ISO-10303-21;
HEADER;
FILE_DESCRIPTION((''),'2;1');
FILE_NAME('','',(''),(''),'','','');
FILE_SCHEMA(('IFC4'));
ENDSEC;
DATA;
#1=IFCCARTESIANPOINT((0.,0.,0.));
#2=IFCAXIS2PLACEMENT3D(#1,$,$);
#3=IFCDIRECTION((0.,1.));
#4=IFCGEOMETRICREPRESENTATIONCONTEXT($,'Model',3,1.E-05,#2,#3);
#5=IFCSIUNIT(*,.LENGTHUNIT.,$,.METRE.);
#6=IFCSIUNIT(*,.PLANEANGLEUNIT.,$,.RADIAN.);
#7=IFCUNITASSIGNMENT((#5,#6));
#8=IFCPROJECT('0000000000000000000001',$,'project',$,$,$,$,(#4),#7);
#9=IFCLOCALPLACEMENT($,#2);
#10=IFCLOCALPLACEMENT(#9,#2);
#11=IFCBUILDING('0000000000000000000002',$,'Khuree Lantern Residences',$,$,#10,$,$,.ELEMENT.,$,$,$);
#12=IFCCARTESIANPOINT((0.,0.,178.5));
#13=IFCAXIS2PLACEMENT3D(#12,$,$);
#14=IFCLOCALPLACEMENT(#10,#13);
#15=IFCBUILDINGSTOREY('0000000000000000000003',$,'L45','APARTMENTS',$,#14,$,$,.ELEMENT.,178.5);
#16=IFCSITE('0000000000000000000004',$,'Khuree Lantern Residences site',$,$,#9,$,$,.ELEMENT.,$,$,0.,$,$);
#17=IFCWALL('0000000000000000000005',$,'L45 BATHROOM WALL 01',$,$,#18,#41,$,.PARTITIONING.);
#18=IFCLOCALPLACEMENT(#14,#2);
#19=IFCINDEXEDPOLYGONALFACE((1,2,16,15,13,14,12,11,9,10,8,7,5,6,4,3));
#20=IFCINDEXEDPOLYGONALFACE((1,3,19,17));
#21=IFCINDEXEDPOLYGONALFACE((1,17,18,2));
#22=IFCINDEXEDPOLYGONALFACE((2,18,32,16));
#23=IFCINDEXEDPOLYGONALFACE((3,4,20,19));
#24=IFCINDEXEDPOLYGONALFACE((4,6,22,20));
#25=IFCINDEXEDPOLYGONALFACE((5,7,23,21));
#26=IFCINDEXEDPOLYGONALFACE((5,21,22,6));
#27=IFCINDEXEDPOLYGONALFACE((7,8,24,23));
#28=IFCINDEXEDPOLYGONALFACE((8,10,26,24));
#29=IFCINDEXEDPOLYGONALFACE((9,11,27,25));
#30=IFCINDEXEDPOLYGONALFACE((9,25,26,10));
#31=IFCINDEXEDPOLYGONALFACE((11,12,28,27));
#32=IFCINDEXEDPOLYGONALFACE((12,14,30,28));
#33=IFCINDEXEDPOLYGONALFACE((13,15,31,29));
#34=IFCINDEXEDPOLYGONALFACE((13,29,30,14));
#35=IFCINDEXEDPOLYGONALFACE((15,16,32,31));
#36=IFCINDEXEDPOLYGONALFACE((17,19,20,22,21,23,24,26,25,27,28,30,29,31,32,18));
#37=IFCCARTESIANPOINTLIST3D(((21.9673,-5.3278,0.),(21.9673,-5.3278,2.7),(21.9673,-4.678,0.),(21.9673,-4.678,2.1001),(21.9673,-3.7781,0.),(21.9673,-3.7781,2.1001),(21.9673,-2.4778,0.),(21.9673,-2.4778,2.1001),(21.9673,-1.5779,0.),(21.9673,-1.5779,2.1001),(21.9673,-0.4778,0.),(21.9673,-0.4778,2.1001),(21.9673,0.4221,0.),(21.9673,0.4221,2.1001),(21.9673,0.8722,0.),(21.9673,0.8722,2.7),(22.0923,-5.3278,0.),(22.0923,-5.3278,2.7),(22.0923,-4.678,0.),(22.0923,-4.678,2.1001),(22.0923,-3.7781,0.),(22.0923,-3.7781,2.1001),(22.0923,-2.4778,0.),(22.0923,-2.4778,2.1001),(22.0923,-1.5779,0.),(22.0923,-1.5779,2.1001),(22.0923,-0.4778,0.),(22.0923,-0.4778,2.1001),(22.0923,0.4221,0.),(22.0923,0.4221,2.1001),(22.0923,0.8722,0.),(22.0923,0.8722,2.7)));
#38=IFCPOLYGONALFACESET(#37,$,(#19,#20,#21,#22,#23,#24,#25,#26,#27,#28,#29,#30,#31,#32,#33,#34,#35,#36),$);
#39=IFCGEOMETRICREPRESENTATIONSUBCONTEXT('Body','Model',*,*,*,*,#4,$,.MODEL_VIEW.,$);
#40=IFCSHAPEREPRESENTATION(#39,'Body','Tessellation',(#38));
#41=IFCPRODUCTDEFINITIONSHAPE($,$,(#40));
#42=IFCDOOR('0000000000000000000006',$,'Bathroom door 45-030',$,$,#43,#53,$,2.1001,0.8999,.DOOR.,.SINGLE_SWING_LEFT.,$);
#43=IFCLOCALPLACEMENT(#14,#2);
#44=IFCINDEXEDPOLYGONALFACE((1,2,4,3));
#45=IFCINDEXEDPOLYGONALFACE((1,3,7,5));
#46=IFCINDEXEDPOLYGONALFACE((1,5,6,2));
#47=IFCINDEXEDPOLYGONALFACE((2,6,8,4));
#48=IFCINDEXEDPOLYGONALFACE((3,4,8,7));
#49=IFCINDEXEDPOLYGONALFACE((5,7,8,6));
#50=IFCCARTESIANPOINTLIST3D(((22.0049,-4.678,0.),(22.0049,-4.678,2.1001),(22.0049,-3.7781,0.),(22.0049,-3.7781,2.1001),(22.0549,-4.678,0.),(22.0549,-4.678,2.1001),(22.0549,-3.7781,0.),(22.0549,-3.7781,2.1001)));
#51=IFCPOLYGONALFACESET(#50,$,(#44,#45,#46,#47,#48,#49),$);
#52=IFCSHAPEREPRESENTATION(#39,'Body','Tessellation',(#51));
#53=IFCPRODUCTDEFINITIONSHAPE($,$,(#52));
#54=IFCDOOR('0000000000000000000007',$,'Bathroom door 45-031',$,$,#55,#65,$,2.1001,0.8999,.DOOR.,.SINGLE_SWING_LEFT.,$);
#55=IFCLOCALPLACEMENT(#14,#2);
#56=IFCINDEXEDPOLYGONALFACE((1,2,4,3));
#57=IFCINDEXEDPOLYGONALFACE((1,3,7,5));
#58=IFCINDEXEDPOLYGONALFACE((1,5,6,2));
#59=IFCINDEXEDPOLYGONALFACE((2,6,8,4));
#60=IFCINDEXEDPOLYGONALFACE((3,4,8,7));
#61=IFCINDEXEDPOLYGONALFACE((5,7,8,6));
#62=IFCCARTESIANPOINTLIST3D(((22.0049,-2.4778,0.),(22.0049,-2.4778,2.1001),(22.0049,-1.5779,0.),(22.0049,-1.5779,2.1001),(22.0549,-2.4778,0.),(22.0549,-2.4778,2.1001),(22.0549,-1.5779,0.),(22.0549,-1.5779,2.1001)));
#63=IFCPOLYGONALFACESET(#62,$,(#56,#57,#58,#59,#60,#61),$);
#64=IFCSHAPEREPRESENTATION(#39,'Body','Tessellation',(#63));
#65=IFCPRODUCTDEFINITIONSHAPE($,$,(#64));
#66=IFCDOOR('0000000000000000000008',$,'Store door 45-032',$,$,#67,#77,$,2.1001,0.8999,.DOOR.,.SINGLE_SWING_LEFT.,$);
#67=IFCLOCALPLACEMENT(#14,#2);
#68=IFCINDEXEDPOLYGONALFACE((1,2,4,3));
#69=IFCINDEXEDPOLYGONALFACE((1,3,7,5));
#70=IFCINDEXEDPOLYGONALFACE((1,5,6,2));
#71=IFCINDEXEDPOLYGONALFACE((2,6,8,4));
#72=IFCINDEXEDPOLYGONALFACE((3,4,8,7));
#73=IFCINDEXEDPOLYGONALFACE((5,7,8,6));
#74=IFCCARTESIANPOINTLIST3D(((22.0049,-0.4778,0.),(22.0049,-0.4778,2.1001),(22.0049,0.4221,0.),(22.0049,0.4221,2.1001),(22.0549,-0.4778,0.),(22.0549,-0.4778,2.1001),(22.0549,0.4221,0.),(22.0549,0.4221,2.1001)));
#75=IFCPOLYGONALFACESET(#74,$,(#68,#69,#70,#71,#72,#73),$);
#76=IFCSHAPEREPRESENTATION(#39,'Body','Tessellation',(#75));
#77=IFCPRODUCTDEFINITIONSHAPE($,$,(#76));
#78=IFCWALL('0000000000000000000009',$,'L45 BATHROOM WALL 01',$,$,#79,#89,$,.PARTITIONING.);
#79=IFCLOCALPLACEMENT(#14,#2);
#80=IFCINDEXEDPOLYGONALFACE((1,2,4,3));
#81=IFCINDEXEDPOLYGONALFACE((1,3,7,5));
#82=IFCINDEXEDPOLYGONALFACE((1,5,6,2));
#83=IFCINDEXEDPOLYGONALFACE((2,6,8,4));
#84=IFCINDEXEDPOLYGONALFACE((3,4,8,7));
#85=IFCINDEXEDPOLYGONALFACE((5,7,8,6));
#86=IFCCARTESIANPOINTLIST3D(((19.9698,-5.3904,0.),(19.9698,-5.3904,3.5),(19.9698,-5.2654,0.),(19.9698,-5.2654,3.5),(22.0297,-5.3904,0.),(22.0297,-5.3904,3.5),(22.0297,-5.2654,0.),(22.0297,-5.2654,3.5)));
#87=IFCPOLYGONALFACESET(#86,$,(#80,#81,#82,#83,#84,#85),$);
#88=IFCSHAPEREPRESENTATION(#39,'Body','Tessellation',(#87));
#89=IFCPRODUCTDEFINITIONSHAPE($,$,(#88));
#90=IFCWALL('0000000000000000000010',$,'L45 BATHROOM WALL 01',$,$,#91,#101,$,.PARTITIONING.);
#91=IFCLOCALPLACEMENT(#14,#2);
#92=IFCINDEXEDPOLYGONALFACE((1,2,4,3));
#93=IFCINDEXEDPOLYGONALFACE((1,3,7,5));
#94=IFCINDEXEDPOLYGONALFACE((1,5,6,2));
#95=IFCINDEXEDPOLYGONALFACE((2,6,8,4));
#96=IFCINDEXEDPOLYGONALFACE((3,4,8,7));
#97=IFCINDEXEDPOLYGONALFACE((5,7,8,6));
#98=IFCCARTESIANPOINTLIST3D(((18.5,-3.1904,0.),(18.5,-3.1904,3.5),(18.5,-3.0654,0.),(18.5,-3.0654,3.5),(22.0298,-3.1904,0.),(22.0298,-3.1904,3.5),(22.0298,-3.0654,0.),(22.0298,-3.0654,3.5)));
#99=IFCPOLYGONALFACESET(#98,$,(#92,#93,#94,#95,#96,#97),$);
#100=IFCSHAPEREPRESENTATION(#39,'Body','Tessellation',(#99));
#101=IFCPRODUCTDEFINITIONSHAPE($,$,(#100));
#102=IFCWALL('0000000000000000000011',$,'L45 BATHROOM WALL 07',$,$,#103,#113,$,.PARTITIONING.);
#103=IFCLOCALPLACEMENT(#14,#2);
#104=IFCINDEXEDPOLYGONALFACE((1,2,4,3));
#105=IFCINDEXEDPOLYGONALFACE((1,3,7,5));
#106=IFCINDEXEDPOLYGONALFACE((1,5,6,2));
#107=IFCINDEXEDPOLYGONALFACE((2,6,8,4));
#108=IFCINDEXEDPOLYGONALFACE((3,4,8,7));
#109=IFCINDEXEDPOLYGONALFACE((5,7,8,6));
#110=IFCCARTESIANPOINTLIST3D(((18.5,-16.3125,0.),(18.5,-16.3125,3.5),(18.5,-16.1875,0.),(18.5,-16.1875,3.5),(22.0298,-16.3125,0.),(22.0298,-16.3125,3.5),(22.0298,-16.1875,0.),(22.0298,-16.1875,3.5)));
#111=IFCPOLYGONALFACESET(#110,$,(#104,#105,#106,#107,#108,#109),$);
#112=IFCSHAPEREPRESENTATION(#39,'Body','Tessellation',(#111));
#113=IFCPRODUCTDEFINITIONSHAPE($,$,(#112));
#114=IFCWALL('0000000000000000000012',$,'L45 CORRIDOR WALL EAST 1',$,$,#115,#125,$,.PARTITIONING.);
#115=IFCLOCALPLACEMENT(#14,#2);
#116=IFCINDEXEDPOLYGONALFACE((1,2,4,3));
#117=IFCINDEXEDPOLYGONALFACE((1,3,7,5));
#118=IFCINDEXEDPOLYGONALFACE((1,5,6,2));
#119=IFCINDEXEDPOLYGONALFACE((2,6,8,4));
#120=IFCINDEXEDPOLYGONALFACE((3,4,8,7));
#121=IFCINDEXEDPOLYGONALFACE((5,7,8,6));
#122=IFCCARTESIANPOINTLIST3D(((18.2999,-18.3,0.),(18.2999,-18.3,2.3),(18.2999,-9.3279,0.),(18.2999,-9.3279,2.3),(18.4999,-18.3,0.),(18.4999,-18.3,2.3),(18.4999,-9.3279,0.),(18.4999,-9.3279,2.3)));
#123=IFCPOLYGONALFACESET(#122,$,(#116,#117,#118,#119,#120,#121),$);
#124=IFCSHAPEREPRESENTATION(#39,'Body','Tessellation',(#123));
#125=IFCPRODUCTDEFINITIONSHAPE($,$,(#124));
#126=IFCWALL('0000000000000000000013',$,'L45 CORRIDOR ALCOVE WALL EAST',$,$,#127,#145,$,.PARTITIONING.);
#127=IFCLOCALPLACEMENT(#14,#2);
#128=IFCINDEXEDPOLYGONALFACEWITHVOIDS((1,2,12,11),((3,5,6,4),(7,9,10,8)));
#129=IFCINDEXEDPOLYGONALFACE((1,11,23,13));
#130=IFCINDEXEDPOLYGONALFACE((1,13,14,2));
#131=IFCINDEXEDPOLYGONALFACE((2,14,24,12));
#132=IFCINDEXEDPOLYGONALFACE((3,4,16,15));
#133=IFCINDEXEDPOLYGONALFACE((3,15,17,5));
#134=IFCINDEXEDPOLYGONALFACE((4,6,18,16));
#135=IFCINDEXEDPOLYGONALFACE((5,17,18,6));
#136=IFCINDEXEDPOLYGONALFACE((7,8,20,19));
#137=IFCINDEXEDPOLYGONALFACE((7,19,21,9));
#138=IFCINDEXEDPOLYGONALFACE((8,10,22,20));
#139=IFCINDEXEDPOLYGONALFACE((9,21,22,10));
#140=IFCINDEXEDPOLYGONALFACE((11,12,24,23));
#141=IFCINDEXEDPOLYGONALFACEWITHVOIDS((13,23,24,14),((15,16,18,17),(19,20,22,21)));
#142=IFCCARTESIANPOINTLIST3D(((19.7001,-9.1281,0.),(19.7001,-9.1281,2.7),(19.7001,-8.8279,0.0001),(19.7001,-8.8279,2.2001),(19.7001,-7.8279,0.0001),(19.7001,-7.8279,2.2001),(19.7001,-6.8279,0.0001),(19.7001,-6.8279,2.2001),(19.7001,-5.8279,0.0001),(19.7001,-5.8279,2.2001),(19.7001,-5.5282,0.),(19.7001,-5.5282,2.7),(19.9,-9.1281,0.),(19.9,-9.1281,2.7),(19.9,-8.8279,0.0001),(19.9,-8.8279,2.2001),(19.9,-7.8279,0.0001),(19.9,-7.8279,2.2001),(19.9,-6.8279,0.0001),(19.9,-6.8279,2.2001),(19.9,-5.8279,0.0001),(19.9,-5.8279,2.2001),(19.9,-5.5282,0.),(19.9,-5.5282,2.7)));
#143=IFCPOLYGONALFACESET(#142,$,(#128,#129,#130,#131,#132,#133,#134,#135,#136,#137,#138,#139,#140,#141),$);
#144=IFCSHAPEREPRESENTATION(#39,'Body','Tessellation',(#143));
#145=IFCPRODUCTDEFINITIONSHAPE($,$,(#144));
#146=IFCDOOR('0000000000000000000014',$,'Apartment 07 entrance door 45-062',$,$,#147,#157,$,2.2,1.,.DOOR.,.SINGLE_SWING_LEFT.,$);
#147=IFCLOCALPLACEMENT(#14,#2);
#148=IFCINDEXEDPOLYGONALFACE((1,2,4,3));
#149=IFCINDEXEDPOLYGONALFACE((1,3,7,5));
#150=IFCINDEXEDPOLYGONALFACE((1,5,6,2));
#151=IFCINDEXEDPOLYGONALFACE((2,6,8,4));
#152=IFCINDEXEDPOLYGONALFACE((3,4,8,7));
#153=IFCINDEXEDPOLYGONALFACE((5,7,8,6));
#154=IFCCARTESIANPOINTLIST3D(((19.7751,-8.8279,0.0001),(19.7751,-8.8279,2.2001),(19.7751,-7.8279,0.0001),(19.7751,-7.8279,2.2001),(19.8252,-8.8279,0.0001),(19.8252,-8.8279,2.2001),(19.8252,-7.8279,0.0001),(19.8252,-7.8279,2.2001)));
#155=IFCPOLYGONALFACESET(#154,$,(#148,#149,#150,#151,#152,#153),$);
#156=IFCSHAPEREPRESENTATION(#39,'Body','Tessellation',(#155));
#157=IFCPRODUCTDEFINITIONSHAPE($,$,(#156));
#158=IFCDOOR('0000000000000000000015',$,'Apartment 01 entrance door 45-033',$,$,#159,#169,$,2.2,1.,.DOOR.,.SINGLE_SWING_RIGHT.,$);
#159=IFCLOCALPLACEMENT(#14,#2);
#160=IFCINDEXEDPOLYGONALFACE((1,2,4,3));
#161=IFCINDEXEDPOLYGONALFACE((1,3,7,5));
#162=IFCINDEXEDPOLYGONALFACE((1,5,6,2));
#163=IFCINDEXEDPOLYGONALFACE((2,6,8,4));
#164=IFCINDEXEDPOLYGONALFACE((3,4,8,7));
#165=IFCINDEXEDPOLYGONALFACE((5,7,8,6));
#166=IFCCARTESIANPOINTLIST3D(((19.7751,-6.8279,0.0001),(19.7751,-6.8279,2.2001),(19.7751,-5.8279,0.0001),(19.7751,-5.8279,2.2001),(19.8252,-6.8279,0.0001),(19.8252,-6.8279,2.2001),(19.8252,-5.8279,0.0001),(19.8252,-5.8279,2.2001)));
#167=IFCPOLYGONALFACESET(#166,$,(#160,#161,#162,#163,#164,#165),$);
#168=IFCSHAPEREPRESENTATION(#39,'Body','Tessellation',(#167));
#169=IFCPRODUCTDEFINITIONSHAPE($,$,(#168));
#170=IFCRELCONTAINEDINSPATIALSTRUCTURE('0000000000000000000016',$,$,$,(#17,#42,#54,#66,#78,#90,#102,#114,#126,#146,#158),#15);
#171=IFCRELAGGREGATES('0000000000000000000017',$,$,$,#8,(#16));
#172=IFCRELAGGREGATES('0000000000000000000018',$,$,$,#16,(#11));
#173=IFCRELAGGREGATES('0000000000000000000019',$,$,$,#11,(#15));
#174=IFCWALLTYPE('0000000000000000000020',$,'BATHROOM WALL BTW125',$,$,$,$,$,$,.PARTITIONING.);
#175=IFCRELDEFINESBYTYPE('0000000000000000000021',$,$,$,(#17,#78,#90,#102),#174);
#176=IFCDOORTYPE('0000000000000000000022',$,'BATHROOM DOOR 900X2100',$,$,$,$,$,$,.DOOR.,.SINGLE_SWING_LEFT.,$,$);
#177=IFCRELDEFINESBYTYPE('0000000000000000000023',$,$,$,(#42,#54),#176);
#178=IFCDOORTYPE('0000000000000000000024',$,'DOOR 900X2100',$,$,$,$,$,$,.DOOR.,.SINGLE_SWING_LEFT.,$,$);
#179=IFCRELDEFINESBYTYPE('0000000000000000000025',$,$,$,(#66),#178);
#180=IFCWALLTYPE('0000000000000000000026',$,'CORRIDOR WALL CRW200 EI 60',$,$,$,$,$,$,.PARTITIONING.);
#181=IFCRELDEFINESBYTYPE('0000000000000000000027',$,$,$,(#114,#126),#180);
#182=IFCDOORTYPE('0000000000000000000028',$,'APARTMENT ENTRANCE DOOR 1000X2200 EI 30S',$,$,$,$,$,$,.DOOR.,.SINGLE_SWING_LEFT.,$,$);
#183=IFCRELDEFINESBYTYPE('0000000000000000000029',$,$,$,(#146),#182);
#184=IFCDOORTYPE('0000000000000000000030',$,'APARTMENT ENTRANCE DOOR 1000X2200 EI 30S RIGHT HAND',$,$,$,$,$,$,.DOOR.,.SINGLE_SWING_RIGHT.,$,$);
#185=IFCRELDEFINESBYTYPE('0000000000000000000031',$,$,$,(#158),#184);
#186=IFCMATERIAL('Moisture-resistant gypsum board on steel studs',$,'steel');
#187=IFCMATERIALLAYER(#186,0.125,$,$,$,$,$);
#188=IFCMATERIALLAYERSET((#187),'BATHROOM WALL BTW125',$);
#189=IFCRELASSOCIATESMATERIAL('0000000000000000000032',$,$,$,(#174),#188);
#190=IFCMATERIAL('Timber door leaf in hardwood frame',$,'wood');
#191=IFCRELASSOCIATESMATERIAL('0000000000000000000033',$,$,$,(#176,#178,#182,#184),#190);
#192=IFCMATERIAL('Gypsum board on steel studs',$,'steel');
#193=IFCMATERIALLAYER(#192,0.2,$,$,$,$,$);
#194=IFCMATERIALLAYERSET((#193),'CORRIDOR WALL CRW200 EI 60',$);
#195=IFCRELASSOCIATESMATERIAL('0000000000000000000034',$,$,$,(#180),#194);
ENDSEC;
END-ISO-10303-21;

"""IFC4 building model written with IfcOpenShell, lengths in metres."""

from ifc_helpers import new_model, si_unit, direction, frame, frame_2d, origin, place, context, subcontext, project, spatial, rectangle, extrude, material, layer, layer_set, type_object, element, fill, save


model = new_model("IFC4")

# Units and contexts
model_context = context("Model", 3, precision=1e-05, world=origin(), true_north=direction((0.0, 1.0)))
body_context = subcontext(model_context, "Body", "Model", "MODEL_VIEW")
ifc_project = project(units=[si_unit("LENGTHUNIT", "METRE"), si_unit("PLANEANGLEUNIT", "RADIAN")], contexts=[model_context])

# Site, building, storey
site_placement = place(None, origin())
site = spatial("IfcSite", under=ifc_project, at=site_placement, Name="Khuree Lantern Residences site", CompositionType="ELEMENT", RefElevation=0.0)
building_placement = place(site_placement, origin())
building = spatial("IfcBuilding", under=site, at=building_placement, Name="Khuree Lantern Residences", CompositionType="ELEMENT")
storey_placement = place(building_placement, frame((0.0, 0.0, 178.5)))
storey = spatial("IfcBuildingStorey", under=building, at=storey_placement, Name="L45", Description="APARTMENTS", CompositionType="ELEMENT", Elevation=178.5)

# Wall, openings, doors
ifc_material_1 = material(Name="Moisture-resistant gypsum board on steel studs", Category="steel")
ifc_layer_1 = layer(ifc_material_1, 0.125)
ifc_layer_set_1 = layer_set([ifc_layer_1], Name="BATHROOM WALL BTW125")
wall_type_1 = type_object("IfcWallType", Name="BATHROOM WALL BTW125", PredefinedType="PARTITIONING", material=ifc_layer_set_1)
wall_1_placement = place(storey_placement, frame((22.0298, -5.3279, 0.0), z_axis=(0.0, 0.0, 1.0), x_axis=(0.0, 1.0, 0.0)))
wall_1 = element("IfcWall", 1, at=wall_1_placement, inside=storey, type_object=wall_type_1, Name="L45 BATHROOM WALL 01", PredefinedType="PARTITIONING", context=body_context, shape_type="SweptSolid", body=[
    extrude(rectangle(XDim=6.2, YDim=0.125, at=frame_2d((3.1001, 0.0))), origin(), (0.0, 0.0, 1.0), 2.7),
])
opening_1_placement = place(wall_1_placement, frame((0.6499, 0.0, 0.0)))
opening_1 = element("IfcOpeningElement", 2, at=opening_1_placement, cuts=wall_1, PredefinedType="OPENING", context=body_context, shape_type="SweptSolid", body=[
    extrude(rectangle(XDim=0.8999, YDim=2.1001, at=frame_2d((0.45, 1.05))), frame((0.0, 0.0725, 0.0), z_axis=(0.0, -1.0, 0.0), x_axis=(1.0, 0.0, 0.0)), (0.0, 0.0, 1.0), 0.145),
])
opening_2_placement = place(wall_1_placement, frame((2.8501, 0.0, 0.0)))
opening_2 = element("IfcOpeningElement", 3, at=opening_2_placement, cuts=wall_1, PredefinedType="OPENING", context=body_context, shape_type="SweptSolid", body=[
    extrude(rectangle(XDim=0.8999, YDim=2.1001, at=frame_2d((0.45, 1.05))), frame((0.0, 0.0725, 0.0), z_axis=(0.0, -1.0, 0.0), x_axis=(1.0, 0.0, 0.0)), (0.0, 0.0, 1.0), 0.145),
])
opening_3_placement = place(wall_1_placement, frame((4.8501, 0.0, 0.0)))
opening_3 = element("IfcOpeningElement", 4, at=opening_3_placement, cuts=wall_1, PredefinedType="OPENING", context=body_context, shape_type="SweptSolid", body=[
    extrude(rectangle(XDim=0.8999, YDim=2.1001, at=frame_2d((0.45, 1.05))), frame((0.0, 0.0725, 0.0), z_axis=(0.0, -1.0, 0.0), x_axis=(1.0, 0.0, 0.0)), (0.0, 0.0, 1.0), 0.145),
])
ifc_material_2 = material(Name="Timber door leaf in hardwood frame", Category="wood")
door_type_1 = type_object("IfcDoorType", Name="BATHROOM DOOR 900X2100", OperationType="SINGLE_SWING_LEFT", PredefinedType="DOOR", material=ifc_material_2)
door_1_placement = place(opening_1_placement, origin())
door_1 = element("IfcDoor", 5, at=door_1_placement, inside=storey, type_object=door_type_1, Name="Bathroom door 45-030", OperationType="SINGLE_SWING_LEFT", OverallHeight=2.1001, OverallWidth=0.8999, PredefinedType="DOOR", context=body_context, shape_type="SweptSolid", body=[
    extrude(rectangle(XDim=0.8999, YDim=2.1001, at=frame_2d((0.45, 1.05))), frame((0.0, 0.0249, 0.0), z_axis=(0.0, -1.0, 0.0), x_axis=(1.0, 0.0, 0.0)), (0.0, 0.0, 1.0), 0.05),
])
fill(opening_1, door_1)
door_2_placement = place(opening_2_placement, origin())
door_2 = element("IfcDoor", 6, at=door_2_placement, inside=storey, type_object=door_type_1, Name="Bathroom door 45-031", OperationType="SINGLE_SWING_LEFT", OverallHeight=2.1001, OverallWidth=0.8999, PredefinedType="DOOR", context=body_context, shape_type="SweptSolid", body=[
    extrude(rectangle(XDim=0.8999, YDim=2.1001, at=frame_2d((0.45, 1.05))), frame((0.0, 0.0249, 0.0), z_axis=(0.0, -1.0, 0.0), x_axis=(1.0, 0.0, 0.0)), (0.0, 0.0, 1.0), 0.05),
])
fill(opening_2, door_2)
door_type_2 = type_object("IfcDoorType", Name="DOOR 900X2100", OperationType="SINGLE_SWING_LEFT", PredefinedType="DOOR", material=ifc_material_2)
door_3_placement = place(opening_3_placement, origin())
door_3 = element("IfcDoor", 7, at=door_3_placement, inside=storey, type_object=door_type_2, Name="Store door 45-032", OperationType="SINGLE_SWING_LEFT", OverallHeight=2.1001, OverallWidth=0.8999, PredefinedType="DOOR", context=body_context, shape_type="SweptSolid", body=[
    extrude(rectangle(XDim=0.8999, YDim=2.1001, at=frame_2d((0.45, 1.05))), frame((0.0, 0.0249, 0.0), z_axis=(0.0, -1.0, 0.0), x_axis=(1.0, 0.0, 0.0)), (0.0, 0.0, 1.0), 0.05),
])
fill(opening_3, door_3)

# Walls
wall_2_placement = place(storey_placement, frame((19.97, -5.3279, 0.0), z_axis=(0.0, 0.0, 1.0), x_axis=(1.0, 0.0, 0.0)))
element("IfcWall", 8, at=wall_2_placement, inside=storey, type_object=wall_type_1, Name="L45 BATHROOM WALL 01", PredefinedType="PARTITIONING", context=body_context, shape_type="SweptSolid", body=[
    extrude(rectangle(XDim=2.0598, YDim=0.125, at=frame_2d((1.0298, 0.0))), origin(), (0.0, 0.0, 1.0), 3.5),
])
for number, where, z_axis, x_axis, name in (
    (9, (18.5, -3.1279, 0.0), (0.0, 0.0, 1.0), (1.0, 0.0, 0.0), "L45 BATHROOM WALL 01"),
    (10, (18.5, -16.25, 0.0), (0.0, 0.0, 1.0), (1.0, 0.0, 0.0), "L45 BATHROOM WALL 07"),
):
    element("IfcWall", number, at=place(storey_placement, frame(where, z_axis=z_axis, x_axis=x_axis)), inside=storey, type_object=wall_type_1, Name=name, PredefinedType="PARTITIONING", context=body_context, shape_type="SweptSolid", body=[
        extrude(rectangle(XDim=3.5298, YDim=0.125, at=frame_2d((1.7649, 0.0))), origin(), (0.0, 0.0, 1.0), 3.5),
    ])
ifc_material_3 = material(Name="Gypsum board on steel studs", Category="steel")
ifc_layer_2 = layer(ifc_material_3, 0.2)
ifc_layer_set_2 = layer_set([ifc_layer_2], Name="CORRIDOR WALL CRW200 EI 60")
wall_type_2 = type_object("IfcWallType", Name="CORRIDOR WALL CRW200 EI 60", PredefinedType="PARTITIONING", material=ifc_layer_set_2)
wall_3_placement = place(storey_placement, frame((18.3999, -18.3, 0.0), z_axis=(0.0, 0.0, 1.0), x_axis=(0.0, 1.0, 0.0)))
element("IfcWall", 11, at=wall_3_placement, inside=storey, type_object=wall_type_2, Name="L45 CORRIDOR WALL EAST 1", PredefinedType="PARTITIONING", context=body_context, shape_type="SweptSolid", body=[
    extrude(rectangle(XDim=8.9722, YDim=0.2, at=frame_2d((4.4861, 0.0))), origin(), (0.0, 0.0, 1.0), 2.3),
])

# Wall, openings, doors
wall_4_placement = place(storey_placement, frame((19.8, -9.1279, 0.0), z_axis=(0.0, 0.0, 1.0), x_axis=(0.0, 1.0, 0.0)))
wall_4 = element("IfcWall", 12, at=wall_4_placement, inside=storey, type_object=wall_type_2, Name="L45 CORRIDOR ALCOVE WALL EAST", PredefinedType="PARTITIONING", context=body_context, shape_type="SweptSolid", body=[
    extrude(rectangle(XDim=3.5999, YDim=0.2, at=frame_2d((1.7998, 0.0))), origin(), (0.0, 0.0, 1.0), 2.7),
])
opening_4_placement = place(wall_4_placement, frame((2.3, 0.0, 0.0)))
opening_4 = element("IfcOpeningElement", 13, at=opening_4_placement, cuts=wall_4, PredefinedType="OPENING", context=body_context, shape_type="SweptSolid", body=[
    extrude(rectangle(XDim=1.0, YDim=2.2, at=frame_2d((0.5, 1.1001))), frame((0.0, 0.1099, 0.0), z_axis=(0.0, -1.0, 0.0), x_axis=(1.0, 0.0, 0.0)), (0.0, 0.0, 1.0), 0.22),
])
opening_5_placement = place(wall_4_placement, frame((0.3, 0.0, 0.0)))
opening_5 = element("IfcOpeningElement", 14, at=opening_5_placement, cuts=wall_4, PredefinedType="OPENING", context=body_context, shape_type="SweptSolid", body=[
    extrude(rectangle(XDim=1.0, YDim=2.2, at=frame_2d((0.5, 1.1001))), frame((0.0, 0.1099, 0.0), z_axis=(0.0, -1.0, 0.0), x_axis=(1.0, 0.0, 0.0)), (0.0, 0.0, 1.0), 0.22),
])
door_type_3 = type_object("IfcDoorType", Name="APARTMENT ENTRANCE DOOR 1000X2200 EI 30S", OperationType="SINGLE_SWING_LEFT", PredefinedType="DOOR", material=ifc_material_2)
door_4_placement = place(opening_5_placement, origin())
door_4 = element("IfcDoor", 15, at=door_4_placement, inside=storey, type_object=door_type_3, Name="Apartment 07 entrance door 45-062", OperationType="SINGLE_SWING_LEFT", OverallHeight=2.2, OverallWidth=1.0, PredefinedType="DOOR", context=body_context, shape_type="SweptSolid", body=[
    extrude(rectangle(XDim=1.0, YDim=2.2, at=frame_2d((0.5, 1.1001))), frame((0.0, 0.0249, 0.0), z_axis=(0.0, -1.0, 0.0), x_axis=(1.0, 0.0, 0.0)), (0.0, 0.0, 1.0), 0.05),
])
fill(opening_5, door_4)
door_type_4 = type_object("IfcDoorType", Name="APARTMENT ENTRANCE DOOR 1000X2200 EI 30S RIGHT HAND", OperationType="SINGLE_SWING_RIGHT", PredefinedType="DOOR", material=ifc_material_2)
door_5_placement = place(opening_4_placement, origin())
door_5 = element("IfcDoor", 16, at=door_5_placement, inside=storey, type_object=door_type_4, Name="Apartment 01 entrance door 45-033", OperationType="SINGLE_SWING_RIGHT", OverallHeight=2.2, OverallWidth=1.0, PredefinedType="DOOR", context=body_context, shape_type="SweptSolid", body=[
    extrude(rectangle(XDim=1.0, YDim=2.2, at=frame_2d((0.5, 1.1001))), frame((0.0, 0.0249, 0.0), z_axis=(0.0, -1.0, 0.0), x_axis=(1.0, 0.0, 0.0)), (0.0, 0.0, 1.0), 0.05),
])
fill(opening_4, door_5)

save(model, "model.ifc")
